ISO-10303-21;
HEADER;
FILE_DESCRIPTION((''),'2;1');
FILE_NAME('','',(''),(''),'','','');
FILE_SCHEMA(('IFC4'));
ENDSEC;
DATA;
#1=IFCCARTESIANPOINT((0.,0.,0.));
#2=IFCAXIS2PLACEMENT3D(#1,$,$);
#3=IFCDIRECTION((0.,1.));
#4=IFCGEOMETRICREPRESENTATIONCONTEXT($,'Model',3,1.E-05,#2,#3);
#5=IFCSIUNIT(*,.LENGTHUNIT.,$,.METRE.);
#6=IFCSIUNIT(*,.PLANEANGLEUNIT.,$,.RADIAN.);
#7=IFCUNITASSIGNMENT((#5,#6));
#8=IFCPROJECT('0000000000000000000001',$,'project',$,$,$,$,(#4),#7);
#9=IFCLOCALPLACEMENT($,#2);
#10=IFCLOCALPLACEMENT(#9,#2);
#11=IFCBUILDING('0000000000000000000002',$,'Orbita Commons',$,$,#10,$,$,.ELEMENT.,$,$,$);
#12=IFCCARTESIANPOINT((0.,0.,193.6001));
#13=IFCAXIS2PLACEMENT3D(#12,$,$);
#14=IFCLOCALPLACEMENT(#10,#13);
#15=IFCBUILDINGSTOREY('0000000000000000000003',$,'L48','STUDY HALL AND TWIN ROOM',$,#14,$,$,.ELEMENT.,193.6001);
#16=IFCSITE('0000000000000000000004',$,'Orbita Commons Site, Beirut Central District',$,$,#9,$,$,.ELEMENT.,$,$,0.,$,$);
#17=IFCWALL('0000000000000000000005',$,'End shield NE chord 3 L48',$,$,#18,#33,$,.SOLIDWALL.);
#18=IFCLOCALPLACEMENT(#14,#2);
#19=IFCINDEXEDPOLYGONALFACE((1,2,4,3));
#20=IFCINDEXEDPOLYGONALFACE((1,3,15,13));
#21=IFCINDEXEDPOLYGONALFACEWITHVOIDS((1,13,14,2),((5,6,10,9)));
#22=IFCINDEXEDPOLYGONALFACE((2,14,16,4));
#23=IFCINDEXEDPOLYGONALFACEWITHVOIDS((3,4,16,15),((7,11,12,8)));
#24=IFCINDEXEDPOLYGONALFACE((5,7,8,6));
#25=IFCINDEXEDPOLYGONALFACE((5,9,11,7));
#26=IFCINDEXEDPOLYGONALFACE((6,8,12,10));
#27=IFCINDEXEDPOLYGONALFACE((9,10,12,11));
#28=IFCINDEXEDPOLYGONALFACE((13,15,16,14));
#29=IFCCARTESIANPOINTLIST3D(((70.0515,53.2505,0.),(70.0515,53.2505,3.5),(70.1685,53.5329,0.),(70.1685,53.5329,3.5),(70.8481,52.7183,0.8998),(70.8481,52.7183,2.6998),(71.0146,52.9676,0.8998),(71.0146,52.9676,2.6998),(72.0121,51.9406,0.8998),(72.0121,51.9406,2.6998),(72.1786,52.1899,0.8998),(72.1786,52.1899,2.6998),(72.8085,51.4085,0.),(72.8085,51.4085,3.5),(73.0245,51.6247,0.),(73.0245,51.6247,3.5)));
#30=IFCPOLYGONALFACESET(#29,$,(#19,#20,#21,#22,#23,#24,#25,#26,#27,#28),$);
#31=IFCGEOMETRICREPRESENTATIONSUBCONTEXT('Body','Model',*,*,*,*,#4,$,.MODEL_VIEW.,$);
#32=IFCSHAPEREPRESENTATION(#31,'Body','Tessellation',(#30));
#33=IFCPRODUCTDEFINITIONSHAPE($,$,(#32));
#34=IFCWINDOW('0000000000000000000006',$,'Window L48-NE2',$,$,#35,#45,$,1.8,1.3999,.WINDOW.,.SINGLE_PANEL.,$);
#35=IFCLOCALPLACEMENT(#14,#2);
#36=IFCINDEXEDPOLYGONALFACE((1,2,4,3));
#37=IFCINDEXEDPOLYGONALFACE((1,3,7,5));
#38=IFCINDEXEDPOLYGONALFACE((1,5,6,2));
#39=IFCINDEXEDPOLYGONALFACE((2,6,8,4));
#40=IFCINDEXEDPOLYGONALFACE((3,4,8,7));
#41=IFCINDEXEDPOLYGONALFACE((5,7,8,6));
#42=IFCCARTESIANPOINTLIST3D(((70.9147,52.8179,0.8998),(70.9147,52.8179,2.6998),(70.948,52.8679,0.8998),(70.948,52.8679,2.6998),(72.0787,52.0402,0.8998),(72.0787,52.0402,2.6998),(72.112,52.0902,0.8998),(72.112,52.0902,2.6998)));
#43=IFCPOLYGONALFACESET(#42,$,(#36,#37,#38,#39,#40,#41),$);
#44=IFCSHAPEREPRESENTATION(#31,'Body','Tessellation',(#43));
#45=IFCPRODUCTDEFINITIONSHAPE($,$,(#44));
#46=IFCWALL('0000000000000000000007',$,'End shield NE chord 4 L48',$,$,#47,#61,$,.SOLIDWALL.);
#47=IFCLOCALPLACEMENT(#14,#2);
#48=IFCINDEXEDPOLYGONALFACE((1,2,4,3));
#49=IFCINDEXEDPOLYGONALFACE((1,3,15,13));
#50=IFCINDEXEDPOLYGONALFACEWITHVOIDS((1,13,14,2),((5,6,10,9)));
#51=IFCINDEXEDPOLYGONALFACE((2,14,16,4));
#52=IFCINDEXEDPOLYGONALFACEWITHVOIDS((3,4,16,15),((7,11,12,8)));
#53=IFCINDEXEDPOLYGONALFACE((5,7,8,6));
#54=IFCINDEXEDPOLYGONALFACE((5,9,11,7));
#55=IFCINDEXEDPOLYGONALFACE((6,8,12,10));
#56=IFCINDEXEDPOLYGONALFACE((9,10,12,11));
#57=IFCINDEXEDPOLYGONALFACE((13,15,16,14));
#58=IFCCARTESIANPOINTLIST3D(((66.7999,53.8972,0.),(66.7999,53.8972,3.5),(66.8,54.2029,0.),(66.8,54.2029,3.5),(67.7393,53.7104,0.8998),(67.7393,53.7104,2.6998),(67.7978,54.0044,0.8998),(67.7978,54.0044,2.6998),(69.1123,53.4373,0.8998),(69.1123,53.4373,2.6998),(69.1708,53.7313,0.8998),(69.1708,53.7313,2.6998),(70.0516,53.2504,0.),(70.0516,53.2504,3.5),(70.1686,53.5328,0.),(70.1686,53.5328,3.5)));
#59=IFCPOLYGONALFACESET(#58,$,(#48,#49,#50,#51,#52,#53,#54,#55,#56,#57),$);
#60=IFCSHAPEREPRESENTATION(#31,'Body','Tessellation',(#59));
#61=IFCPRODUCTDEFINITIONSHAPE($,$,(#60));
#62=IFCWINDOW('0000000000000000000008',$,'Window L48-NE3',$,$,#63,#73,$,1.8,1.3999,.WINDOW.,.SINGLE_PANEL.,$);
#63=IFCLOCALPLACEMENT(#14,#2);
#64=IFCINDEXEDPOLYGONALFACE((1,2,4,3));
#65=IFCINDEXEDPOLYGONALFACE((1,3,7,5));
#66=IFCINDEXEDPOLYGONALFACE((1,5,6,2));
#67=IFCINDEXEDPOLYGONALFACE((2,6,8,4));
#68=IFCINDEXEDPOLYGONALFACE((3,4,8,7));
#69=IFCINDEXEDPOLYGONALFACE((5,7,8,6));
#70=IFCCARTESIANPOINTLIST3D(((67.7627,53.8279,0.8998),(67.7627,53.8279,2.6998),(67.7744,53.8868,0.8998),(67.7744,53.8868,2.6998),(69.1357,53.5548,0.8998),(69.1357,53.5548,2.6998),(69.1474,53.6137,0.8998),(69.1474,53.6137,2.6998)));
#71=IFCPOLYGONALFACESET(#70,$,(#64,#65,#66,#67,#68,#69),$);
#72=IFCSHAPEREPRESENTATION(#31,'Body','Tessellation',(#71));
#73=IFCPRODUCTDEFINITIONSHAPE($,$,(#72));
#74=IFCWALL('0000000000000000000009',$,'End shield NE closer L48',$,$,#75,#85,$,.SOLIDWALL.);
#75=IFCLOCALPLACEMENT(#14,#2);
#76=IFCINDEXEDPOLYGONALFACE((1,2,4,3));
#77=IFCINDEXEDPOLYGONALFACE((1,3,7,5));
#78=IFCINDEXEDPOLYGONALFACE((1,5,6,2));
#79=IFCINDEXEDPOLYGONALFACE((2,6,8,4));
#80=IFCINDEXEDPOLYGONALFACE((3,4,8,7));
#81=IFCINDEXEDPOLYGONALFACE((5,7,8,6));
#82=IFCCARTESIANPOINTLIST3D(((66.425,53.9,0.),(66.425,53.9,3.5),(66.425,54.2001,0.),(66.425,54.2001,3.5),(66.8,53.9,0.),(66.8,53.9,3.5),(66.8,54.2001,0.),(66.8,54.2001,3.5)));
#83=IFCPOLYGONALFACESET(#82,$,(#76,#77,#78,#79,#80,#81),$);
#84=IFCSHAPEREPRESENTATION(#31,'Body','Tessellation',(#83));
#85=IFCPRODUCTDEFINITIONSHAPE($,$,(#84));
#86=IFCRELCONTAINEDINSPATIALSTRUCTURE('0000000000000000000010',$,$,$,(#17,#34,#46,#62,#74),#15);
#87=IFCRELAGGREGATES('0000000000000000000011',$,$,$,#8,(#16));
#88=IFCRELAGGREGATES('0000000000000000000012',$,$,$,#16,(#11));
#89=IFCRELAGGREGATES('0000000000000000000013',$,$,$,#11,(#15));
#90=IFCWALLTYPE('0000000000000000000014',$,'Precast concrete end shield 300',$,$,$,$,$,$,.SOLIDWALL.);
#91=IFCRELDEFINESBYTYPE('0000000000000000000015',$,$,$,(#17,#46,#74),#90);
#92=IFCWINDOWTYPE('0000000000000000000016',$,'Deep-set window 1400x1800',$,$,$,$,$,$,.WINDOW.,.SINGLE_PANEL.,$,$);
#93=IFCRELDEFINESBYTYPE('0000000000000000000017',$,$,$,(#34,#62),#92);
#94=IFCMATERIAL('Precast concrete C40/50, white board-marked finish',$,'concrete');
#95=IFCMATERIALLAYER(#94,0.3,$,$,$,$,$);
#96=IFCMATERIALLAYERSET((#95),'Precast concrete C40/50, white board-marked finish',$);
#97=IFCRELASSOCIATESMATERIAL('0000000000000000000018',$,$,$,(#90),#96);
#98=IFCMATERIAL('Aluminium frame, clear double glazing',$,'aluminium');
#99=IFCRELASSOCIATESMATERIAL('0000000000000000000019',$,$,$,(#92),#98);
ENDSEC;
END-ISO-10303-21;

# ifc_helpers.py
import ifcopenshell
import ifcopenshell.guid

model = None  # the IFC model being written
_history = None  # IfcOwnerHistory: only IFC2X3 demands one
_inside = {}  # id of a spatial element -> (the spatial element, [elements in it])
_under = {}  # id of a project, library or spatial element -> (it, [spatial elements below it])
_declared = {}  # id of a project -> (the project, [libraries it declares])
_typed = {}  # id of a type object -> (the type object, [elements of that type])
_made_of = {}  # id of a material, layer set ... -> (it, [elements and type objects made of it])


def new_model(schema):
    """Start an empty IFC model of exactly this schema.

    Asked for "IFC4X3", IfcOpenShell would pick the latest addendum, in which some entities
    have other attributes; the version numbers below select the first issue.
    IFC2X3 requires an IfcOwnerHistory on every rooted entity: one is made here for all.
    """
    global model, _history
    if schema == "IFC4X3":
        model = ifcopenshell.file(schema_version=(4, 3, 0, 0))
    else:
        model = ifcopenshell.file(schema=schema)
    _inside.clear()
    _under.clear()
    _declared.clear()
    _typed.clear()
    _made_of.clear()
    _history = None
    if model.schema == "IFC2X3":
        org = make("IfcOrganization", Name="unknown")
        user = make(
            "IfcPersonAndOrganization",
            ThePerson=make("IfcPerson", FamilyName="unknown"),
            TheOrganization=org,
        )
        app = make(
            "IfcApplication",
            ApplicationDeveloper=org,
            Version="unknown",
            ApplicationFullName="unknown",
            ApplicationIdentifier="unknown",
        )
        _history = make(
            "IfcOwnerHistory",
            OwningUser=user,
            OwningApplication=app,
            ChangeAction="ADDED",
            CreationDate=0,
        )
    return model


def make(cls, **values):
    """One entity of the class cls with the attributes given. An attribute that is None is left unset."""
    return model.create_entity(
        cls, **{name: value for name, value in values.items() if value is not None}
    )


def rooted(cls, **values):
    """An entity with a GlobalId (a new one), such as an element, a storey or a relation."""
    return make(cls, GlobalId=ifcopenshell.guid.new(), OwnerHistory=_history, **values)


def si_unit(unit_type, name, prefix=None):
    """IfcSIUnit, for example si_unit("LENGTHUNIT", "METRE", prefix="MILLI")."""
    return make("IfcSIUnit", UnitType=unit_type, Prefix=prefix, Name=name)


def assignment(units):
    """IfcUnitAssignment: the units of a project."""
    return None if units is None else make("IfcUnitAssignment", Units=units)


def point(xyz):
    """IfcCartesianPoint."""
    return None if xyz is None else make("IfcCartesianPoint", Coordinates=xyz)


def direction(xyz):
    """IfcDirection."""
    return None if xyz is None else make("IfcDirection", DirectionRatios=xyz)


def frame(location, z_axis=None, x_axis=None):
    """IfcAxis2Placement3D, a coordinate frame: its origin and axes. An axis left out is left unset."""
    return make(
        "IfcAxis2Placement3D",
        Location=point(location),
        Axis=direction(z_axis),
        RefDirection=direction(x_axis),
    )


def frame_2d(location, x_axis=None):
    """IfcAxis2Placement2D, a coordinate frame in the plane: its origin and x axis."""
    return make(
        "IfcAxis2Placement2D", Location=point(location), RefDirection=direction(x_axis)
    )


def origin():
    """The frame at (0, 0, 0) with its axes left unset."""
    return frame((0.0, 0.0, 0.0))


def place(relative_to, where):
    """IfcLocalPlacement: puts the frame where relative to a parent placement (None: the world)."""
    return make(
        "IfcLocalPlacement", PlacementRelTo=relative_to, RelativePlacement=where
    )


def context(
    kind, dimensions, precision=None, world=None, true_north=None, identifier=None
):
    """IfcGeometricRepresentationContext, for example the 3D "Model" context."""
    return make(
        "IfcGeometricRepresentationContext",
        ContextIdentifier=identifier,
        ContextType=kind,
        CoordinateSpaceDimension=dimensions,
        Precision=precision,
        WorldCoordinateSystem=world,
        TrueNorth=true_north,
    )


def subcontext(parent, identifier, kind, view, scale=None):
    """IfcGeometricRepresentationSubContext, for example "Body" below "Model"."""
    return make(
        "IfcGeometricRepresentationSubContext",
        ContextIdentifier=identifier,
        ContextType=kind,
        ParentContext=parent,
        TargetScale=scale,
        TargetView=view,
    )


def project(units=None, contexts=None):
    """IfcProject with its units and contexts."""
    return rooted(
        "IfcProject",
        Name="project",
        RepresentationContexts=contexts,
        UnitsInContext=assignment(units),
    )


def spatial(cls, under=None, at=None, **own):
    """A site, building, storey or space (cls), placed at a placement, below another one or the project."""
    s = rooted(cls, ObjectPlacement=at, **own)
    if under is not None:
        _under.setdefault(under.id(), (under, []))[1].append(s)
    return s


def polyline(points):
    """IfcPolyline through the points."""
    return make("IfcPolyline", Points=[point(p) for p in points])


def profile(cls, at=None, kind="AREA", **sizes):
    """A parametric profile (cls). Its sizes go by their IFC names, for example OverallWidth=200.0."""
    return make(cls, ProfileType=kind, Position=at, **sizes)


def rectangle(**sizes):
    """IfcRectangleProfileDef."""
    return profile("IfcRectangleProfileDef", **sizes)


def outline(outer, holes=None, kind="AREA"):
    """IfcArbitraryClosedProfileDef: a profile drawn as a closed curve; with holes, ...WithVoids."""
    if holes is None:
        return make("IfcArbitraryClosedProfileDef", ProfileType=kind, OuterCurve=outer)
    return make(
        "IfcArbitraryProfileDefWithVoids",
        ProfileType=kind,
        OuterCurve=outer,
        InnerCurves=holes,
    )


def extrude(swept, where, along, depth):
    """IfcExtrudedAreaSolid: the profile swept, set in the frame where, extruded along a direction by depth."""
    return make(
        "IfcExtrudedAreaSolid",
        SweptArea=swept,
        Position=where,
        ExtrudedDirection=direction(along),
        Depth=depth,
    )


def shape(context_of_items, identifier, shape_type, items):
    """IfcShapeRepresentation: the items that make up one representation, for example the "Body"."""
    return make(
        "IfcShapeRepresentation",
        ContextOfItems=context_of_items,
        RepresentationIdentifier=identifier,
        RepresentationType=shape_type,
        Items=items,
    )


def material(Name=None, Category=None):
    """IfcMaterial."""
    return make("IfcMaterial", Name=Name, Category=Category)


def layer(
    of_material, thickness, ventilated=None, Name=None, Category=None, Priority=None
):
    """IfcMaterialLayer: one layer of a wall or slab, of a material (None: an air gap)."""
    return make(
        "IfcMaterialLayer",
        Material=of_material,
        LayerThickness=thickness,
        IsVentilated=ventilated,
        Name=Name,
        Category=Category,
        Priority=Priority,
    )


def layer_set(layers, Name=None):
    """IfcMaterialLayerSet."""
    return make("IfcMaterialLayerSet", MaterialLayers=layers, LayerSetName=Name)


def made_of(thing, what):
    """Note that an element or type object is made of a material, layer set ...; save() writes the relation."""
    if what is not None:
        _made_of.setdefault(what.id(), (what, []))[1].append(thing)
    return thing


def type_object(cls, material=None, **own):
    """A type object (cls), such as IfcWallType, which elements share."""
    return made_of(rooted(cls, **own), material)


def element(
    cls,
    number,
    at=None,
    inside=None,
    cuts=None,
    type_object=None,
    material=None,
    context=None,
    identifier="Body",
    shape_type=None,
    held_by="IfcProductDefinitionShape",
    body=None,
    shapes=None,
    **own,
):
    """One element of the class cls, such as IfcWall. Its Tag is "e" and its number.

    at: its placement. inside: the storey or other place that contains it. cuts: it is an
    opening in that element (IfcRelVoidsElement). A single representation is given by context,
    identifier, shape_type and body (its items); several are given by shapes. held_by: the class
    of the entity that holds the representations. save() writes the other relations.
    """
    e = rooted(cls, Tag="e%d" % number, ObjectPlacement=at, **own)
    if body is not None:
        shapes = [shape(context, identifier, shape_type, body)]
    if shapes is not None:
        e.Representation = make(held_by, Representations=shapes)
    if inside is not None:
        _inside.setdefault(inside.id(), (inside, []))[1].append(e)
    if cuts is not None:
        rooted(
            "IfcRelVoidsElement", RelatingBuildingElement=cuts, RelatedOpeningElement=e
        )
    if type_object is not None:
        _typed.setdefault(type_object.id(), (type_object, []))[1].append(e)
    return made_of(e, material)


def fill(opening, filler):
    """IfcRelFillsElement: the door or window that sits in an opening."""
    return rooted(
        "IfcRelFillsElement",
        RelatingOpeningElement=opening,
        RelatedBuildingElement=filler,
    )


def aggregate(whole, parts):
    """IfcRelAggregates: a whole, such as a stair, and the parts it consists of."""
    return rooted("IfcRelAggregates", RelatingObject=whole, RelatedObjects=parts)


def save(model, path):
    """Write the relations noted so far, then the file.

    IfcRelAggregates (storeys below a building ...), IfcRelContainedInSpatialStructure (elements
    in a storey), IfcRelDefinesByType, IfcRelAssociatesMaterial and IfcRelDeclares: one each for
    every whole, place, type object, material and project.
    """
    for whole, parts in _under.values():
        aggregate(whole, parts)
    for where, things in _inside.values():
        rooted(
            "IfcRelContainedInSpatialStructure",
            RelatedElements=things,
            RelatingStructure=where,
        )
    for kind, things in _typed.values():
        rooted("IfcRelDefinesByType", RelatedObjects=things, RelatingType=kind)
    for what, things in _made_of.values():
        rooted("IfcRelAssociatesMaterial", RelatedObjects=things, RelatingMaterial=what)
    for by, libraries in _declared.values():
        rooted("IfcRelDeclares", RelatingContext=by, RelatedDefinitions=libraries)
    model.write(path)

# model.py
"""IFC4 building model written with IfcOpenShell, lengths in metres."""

from ifc_helpers import new_model, si_unit, direction, frame, frame_2d, origin, place, context, subcontext, project, spatial, polyline, rectangle, outline, extrude, material, layer, layer_set, type_object, element, fill, save


model = new_model("IFC4")

# Units and contexts
model_context = context("Model", 3, precision=1e-05, world=origin(), true_north=direction((0.0, 1.0)))
body_context = subcontext(model_context, "Body", "Model", "MODEL_VIEW")
ifc_project = project(units=[si_unit("LENGTHUNIT", "METRE"), si_unit("PLANEANGLEUNIT", "RADIAN")], contexts=[model_context])

# Site, building, storey
site_placement = place(None, origin())
site = spatial("IfcSite", under=ifc_project, at=site_placement, Name="Orbita Commons Site, Beirut Central District", CompositionType="ELEMENT", RefElevation=0.0)
building_placement = place(site_placement, origin())
building = spatial("IfcBuilding", under=site, at=building_placement, Name="Orbita Commons", CompositionType="ELEMENT")
storey_placement = place(building_placement, frame((0.0, 0.0, 193.6001)))
storey = spatial("IfcBuildingStorey", under=building, at=storey_placement, Name="L48", Description="STUDY HALL AND TWIN ROOM", CompositionType="ELEMENT", Elevation=193.6001)

# Walls, openings, windows
ifc_material_1 = material(Name="Precast concrete C40/50, white board-marked finish", Category="concrete")
ifc_layer_1 = layer(ifc_material_1, 0.3)
ifc_layer_set_1 = layer_set([ifc_layer_1], Name="Precast concrete C40/50, white board-marked finish")
wall_type_1 = type_object("IfcWallType", Name="Precast concrete end shield 300", PredefinedType="SOLIDWALL", material=ifc_layer_set_1)
wall_1_placement = place(storey_placement, frame((72.9165, 51.5166, 0.0), z_axis=(0.0, 0.0, 1.0), x_axis=(-0.831493, 0.555535, 0.0)))
wall_1 = element("IfcWall", 1, at=wall_1_placement, inside=storey, type_object=wall_type_1, Name="End shield NE chord 3 L48", PredefinedType="SOLIDWALL", context=body_context, shape_type="SweptSolid", body=[
    extrude(outline(polyline([(-0.0298, -0.1499), (3.405, -0.1499), (3.3455, 0.1499), (0.0298, 0.1499), (-0.0298, -0.1499)])), origin(), (0.0, 0.0, 1.0), 3.5),
])
opening_1_placement = place(wall_1_placement, frame((0.9875, 0.0, 0.8999)))
opening_1 = element("IfcOpeningElement", 2, at=opening_1_placement, cuts=wall_1, PredefinedType="OPENING", context=body_context, shape_type="SweptSolid", body=[
    extrude(rectangle(XDim=1.3999, YDim=1.8, at=frame_2d((0.7, 0.8999))), frame((0.0, 0.1599, 0.0), z_axis=(0.0, -1.0, 0.0), x_axis=(1.0, 0.0, 0.0)), (0.0, 0.0, 1.0), 0.3201),
])
ifc_material_2 = material(Name="Aluminium frame, clear double glazing", Category="aluminium")
window_type = type_object("IfcWindowType", Name="Deep-set window 1400x1800", PartitioningType="SINGLE_PANEL", PredefinedType="WINDOW", material=ifc_material_2)
window_1_placement = place(opening_1_placement, origin())
window_1 = element("IfcWindow", 3, at=window_1_placement, inside=storey, type_object=window_type, Name="Window L48-NE2", OverallHeight=1.8, OverallWidth=1.3999, PartitioningType="SINGLE_PANEL", PredefinedType="WINDOW", context=body_context, shape_type="SweptSolid", body=[
    extrude(rectangle(XDim=1.3999, YDim=1.8, at=frame_2d((0.7, 0.8999))), frame((0.0, 0.03, 0.0), z_axis=(0.0, -1.0, 0.0), x_axis=(1.0, 0.0, 0.0)), (0.0, 0.0, 1.0), 0.0601),
])
fill(opening_1, window_1)
wall_2_placement = place(storey_placement, frame((70.1101, 53.3916, 0.0), z_axis=(0.0, 0.0, 1.0), x_axis=(-0.980783, 0.1951, 0.0)))
wall_2 = element("IfcWall", 4, at=wall_2_placement, inside=storey, type_object=wall_type_1, Name="End shield NE chord 4 L48", PredefinedType="SOLIDWALL", context=body_context, shape_type="SweptSolid", body=[
    extrude(outline(polyline([(-0.0298, -0.1499), (3.4048, -0.1499), (3.3452, 0.1499), (0.0298, 0.1499), (-0.0298, -0.1499)])), origin(), (0.0, 0.0, 1.0), 3.5),
])
opening_2_placement = place(wall_2_placement, frame((0.9875, 0.0, 0.8999)))
opening_2 = element("IfcOpeningElement", 5, at=opening_2_placement, cuts=wall_2, PredefinedType="OPENING", context=body_context, shape_type="SweptSolid", body=[
    extrude(rectangle(XDim=1.3999, YDim=1.8, at=frame_2d((0.7, 0.8999))), frame((0.0, 0.1599, 0.0), z_axis=(0.0, -1.0, 0.0), x_axis=(1.0, 0.0, 0.0)), (0.0, 0.0, 1.0), 0.3201),
])
window_2_placement = place(opening_2_placement, origin())
window_2 = element("IfcWindow", 6, at=window_2_placement, inside=storey, type_object=window_type, Name="Window L48-NE3", OverallHeight=1.8, OverallWidth=1.3999, PartitioningType="SINGLE_PANEL", PredefinedType="WINDOW", context=body_context, shape_type="SweptSolid", body=[
    extrude(rectangle(XDim=1.3999, YDim=1.8, at=frame_2d((0.7, 0.8999))), frame((0.0, 0.03, 0.0), z_axis=(0.0, -1.0, 0.0), x_axis=(1.0, 0.0, 0.0)), (0.0, 0.0, 1.0), 0.0601),
])
fill(opening_2, window_2)

# Wall
wall_3_placement = place(storey_placement, frame((66.8, 54.05, 0.0), z_axis=(0.0, 0.0, 1.0), x_axis=(-1.0, 0.0, 0.0)))
element("IfcWall", 7, at=wall_3_placement, inside=storey, type_object=wall_type_1, Name="End shield NE closer L48", PredefinedType="SOLIDWALL", context=body_context, shape_type="SweptSolid", body=[
    extrude(rectangle(XDim=0.375, YDim=0.3, at=frame_2d((0.1875, 0.0))), origin(), (0.0, 0.0, 1.0), 3.5),
])

save(model, "model.ifc")
